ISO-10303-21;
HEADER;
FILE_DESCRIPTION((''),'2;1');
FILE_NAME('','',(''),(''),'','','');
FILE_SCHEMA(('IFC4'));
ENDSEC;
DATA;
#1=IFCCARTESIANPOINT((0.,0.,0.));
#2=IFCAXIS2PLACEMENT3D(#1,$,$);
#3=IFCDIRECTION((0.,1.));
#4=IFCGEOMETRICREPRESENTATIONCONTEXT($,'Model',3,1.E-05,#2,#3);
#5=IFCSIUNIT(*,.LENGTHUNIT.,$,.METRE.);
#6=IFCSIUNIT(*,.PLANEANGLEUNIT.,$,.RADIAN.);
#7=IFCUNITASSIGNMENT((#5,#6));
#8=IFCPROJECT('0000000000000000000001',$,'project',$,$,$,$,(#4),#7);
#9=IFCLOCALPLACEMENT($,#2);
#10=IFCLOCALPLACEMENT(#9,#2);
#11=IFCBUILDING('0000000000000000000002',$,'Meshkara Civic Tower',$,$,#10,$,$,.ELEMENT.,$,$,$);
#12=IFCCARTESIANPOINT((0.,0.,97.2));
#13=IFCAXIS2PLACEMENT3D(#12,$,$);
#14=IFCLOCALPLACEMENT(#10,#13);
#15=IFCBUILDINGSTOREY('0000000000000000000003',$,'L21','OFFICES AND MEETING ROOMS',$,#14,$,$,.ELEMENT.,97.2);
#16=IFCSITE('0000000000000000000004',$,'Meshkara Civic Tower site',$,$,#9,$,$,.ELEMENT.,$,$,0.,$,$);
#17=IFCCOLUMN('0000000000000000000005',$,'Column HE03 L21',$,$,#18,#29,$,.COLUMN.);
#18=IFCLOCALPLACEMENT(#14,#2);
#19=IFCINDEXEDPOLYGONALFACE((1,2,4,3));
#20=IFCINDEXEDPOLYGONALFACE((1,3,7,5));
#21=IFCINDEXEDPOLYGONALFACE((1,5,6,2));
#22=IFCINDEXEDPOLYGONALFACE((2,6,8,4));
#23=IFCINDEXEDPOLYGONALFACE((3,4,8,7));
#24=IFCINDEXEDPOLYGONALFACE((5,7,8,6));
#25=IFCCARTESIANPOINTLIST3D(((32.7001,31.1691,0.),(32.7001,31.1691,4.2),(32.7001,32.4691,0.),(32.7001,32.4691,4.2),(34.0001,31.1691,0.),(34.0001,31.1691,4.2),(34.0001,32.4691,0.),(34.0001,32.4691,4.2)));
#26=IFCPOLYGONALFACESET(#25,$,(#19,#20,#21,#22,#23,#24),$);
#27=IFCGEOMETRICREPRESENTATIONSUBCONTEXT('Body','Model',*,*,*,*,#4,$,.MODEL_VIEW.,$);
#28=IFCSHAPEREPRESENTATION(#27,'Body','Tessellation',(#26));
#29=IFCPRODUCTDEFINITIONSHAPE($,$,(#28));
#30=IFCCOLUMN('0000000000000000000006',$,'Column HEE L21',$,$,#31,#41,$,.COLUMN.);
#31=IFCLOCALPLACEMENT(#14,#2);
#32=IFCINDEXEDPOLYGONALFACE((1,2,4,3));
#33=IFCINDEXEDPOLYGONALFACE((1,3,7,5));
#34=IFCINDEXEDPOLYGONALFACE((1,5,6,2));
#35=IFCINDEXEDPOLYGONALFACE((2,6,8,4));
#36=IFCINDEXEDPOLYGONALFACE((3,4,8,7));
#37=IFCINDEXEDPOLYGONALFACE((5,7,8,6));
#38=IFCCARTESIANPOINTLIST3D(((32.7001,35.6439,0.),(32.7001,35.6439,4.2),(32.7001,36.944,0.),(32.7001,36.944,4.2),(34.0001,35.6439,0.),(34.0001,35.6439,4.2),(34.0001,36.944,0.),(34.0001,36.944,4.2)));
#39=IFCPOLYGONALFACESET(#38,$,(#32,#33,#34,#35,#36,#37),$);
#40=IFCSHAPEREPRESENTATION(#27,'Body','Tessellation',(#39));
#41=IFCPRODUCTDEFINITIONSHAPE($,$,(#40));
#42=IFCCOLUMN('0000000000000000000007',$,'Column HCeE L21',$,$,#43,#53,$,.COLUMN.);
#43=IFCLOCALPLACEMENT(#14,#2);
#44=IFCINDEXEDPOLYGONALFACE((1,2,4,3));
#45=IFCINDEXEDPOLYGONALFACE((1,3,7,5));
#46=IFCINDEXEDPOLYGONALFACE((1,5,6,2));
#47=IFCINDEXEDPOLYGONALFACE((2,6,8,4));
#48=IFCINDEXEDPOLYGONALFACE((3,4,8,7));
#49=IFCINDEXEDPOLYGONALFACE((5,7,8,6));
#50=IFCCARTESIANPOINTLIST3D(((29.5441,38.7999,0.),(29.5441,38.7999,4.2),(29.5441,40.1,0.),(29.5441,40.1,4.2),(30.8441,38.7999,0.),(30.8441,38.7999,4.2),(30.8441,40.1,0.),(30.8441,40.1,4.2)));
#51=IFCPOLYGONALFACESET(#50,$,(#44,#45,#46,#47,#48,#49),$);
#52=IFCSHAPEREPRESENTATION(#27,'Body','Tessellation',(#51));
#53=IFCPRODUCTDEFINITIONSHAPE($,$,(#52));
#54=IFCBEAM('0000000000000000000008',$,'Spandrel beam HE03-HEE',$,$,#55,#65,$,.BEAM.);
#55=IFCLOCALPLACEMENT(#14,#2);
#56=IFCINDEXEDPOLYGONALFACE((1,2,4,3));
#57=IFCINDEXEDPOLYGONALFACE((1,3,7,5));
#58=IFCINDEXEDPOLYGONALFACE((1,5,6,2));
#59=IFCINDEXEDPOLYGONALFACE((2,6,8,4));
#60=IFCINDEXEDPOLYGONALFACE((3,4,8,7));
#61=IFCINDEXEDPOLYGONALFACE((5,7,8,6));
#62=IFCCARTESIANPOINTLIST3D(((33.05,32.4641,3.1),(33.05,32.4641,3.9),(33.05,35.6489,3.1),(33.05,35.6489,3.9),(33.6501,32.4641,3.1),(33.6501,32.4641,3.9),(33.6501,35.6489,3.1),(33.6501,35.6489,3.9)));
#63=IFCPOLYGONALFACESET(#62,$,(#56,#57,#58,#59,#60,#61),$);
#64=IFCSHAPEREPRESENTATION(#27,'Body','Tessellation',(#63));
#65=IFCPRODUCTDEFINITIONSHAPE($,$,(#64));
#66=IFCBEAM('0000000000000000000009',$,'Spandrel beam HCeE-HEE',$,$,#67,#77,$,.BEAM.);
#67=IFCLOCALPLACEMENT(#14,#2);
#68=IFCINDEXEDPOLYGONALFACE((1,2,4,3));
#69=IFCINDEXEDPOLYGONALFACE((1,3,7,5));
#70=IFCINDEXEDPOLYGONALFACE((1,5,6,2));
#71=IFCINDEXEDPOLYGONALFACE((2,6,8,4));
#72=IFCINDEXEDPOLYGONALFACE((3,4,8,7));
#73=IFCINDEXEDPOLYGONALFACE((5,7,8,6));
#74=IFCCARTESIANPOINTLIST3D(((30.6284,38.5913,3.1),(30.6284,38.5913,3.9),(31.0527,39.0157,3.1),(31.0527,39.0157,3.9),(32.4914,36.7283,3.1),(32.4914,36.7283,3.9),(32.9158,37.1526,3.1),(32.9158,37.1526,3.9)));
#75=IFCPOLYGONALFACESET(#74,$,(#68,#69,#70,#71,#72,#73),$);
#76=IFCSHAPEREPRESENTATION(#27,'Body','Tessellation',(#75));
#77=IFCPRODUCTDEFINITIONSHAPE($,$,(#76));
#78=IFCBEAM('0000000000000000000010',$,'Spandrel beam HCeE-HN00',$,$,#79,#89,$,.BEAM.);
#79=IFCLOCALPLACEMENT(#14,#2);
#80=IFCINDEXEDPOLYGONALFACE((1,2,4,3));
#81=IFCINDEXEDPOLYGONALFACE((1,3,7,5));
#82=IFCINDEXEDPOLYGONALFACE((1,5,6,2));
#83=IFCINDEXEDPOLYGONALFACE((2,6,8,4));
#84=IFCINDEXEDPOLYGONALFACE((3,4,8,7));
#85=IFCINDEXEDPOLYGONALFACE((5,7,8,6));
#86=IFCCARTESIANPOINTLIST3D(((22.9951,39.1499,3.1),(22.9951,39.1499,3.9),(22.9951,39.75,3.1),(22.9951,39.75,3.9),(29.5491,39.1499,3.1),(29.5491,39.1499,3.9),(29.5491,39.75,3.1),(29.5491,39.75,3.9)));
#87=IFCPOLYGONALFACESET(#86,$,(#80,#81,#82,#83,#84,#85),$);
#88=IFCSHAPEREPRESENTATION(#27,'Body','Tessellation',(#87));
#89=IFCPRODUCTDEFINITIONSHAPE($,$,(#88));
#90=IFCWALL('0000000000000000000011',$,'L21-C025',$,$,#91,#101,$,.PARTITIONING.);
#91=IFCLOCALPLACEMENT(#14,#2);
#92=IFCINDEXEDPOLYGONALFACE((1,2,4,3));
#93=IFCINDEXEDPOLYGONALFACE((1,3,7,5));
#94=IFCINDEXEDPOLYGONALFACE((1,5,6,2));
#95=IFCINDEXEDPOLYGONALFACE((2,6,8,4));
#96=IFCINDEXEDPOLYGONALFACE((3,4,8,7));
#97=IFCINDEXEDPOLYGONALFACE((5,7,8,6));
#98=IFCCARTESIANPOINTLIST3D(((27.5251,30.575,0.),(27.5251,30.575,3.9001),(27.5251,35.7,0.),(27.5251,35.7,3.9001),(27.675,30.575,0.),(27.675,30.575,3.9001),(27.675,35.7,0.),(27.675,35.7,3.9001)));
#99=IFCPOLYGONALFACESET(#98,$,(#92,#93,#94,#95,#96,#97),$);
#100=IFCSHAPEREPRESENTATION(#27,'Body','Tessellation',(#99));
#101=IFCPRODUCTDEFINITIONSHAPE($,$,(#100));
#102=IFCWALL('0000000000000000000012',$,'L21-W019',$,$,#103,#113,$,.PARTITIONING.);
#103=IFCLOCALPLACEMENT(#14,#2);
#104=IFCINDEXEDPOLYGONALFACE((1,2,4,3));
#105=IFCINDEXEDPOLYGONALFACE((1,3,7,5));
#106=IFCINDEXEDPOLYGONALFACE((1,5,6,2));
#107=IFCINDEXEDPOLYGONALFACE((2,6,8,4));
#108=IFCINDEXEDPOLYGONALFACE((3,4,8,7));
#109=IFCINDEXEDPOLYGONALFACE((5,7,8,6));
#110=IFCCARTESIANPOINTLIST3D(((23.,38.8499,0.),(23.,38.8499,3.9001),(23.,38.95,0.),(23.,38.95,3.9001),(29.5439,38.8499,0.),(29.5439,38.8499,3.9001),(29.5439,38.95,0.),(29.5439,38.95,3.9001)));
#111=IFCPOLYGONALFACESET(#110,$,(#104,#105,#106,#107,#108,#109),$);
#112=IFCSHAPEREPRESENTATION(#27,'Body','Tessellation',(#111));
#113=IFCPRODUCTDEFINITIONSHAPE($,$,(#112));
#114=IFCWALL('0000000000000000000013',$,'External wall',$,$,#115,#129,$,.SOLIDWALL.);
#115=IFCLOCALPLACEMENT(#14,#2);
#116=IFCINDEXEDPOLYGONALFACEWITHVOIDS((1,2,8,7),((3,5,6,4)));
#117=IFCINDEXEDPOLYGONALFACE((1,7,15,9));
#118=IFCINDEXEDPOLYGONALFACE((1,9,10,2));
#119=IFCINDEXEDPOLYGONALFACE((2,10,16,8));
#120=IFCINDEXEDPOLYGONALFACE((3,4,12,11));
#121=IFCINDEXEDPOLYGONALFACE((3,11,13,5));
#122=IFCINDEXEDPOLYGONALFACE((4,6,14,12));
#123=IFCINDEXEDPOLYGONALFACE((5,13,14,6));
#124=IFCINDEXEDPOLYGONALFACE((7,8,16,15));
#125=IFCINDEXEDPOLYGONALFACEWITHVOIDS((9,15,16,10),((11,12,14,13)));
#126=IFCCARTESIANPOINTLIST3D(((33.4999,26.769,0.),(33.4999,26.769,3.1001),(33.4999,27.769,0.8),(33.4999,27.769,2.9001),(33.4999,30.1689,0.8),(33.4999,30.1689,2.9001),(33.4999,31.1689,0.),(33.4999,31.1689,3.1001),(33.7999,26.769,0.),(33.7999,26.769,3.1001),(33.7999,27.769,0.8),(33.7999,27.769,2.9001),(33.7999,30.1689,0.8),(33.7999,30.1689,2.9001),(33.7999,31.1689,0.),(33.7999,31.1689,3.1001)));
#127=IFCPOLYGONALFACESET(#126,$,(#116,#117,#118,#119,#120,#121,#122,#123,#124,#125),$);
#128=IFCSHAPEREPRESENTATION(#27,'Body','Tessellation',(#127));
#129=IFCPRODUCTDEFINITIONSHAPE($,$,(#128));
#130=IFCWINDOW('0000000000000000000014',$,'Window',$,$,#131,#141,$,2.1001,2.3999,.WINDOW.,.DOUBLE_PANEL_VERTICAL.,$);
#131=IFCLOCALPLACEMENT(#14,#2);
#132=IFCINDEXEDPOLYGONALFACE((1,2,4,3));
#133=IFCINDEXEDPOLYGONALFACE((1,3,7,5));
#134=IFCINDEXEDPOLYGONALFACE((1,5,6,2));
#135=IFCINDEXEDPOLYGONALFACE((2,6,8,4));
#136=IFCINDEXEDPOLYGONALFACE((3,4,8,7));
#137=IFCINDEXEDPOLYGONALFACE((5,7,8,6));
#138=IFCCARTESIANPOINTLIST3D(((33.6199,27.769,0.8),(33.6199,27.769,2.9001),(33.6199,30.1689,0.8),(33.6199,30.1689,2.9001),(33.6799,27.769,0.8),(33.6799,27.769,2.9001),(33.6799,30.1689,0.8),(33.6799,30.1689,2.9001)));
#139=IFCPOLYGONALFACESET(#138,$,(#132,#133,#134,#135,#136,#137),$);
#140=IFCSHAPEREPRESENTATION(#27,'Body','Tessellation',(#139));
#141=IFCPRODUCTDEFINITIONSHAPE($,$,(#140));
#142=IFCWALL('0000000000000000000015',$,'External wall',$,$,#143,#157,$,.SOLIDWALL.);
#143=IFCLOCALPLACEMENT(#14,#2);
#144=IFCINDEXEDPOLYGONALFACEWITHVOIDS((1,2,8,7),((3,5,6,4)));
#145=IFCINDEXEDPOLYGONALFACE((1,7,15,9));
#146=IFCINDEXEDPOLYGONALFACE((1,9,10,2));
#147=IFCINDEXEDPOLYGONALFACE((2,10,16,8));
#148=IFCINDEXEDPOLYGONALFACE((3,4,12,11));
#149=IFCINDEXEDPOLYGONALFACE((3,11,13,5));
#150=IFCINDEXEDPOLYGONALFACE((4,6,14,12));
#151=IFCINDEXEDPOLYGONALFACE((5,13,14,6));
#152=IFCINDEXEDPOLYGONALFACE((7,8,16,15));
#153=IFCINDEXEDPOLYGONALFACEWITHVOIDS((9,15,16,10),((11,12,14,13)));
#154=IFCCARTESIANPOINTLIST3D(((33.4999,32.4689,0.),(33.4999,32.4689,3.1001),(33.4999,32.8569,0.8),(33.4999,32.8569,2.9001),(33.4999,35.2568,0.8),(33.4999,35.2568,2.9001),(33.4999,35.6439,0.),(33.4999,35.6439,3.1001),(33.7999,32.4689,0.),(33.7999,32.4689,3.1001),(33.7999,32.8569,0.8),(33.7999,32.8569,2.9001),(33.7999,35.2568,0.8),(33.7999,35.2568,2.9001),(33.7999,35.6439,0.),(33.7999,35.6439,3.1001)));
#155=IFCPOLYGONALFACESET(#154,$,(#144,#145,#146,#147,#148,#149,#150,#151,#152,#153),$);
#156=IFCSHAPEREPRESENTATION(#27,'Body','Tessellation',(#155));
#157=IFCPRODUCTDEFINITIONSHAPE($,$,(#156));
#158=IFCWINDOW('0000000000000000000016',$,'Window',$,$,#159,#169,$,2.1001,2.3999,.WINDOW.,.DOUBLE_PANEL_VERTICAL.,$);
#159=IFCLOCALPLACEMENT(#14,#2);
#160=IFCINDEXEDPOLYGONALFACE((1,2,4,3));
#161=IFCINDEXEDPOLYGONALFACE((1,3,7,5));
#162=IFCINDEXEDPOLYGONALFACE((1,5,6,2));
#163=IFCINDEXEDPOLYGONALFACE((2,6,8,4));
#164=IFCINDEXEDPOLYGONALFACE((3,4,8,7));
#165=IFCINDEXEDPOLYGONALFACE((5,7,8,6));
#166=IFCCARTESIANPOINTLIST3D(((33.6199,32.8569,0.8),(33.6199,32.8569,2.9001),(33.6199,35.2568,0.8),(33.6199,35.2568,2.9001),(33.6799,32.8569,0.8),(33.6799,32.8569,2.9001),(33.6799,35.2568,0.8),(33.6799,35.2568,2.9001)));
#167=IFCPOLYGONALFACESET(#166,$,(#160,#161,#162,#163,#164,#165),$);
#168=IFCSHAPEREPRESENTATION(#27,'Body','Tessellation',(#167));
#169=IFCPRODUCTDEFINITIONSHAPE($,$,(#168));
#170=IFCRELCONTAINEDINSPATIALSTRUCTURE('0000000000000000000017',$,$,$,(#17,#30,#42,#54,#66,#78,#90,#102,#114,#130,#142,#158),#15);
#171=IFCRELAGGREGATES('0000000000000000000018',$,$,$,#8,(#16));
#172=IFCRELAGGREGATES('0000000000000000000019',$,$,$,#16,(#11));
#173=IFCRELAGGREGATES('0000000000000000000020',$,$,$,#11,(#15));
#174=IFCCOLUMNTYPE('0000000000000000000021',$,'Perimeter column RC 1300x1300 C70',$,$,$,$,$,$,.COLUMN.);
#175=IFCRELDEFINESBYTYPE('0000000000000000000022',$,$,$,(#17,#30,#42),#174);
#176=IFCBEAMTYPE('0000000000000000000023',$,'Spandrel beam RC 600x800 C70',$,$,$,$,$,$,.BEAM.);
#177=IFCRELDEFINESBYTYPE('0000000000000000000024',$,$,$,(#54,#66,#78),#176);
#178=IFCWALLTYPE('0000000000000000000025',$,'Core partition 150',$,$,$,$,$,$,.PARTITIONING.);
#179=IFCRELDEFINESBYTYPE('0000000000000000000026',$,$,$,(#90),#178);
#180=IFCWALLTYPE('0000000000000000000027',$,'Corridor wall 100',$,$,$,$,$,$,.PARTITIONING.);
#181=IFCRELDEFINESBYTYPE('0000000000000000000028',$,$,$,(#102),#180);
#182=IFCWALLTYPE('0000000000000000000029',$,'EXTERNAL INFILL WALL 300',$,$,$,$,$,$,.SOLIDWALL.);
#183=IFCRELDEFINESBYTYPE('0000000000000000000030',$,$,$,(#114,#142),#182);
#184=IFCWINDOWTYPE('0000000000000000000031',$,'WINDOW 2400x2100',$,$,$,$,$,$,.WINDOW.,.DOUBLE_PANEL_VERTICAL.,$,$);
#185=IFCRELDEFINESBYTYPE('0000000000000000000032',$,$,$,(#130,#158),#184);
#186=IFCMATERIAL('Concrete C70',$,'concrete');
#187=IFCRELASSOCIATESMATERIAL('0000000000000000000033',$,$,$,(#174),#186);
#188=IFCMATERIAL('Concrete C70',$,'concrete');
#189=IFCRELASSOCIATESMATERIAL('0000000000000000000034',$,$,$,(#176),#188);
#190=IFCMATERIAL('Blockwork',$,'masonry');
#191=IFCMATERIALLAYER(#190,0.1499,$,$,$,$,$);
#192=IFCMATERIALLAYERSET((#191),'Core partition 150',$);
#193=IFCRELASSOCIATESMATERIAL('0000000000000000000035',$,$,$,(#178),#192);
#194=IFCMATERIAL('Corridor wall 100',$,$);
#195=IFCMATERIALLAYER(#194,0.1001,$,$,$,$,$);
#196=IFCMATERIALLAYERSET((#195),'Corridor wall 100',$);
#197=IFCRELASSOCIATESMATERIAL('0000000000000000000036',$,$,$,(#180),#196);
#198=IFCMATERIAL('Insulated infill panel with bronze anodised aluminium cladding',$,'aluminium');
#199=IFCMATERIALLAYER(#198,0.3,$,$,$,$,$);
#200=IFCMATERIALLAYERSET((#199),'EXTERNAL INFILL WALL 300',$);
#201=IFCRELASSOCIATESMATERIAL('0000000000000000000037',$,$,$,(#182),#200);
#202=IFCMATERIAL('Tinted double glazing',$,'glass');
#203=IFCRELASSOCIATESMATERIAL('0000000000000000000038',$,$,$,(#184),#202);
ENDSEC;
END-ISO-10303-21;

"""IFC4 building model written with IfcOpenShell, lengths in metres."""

from ifc_helpers import new_model, si_unit, direction, frame, frame_2d, origin, origin_2d, place, context, subcontext, project, spatial, rectangle, extrude, material, layer, layer_set, material_profile, profile_set, type_object, element, fill, save


model = new_model("IFC4")

# Units and contexts
model_context = context("Model", 3, precision=1e-05, world=origin(), true_north=direction((0.0, 1.0)))
body_context = subcontext(model_context, "Body", "Model", "MODEL_VIEW")
ifc_project = project(units=[si_unit("LENGTHUNIT", "METRE"), si_unit("PLANEANGLEUNIT", "RADIAN")], contexts=[model_context])

# Site, building, storey
site_placement = place(None, origin())
site = spatial("IfcSite", under=ifc_project, at=site_placement, Name="Meshkara Civic Tower site", CompositionType="ELEMENT", RefElevation=0.0)
building_placement = place(site_placement, origin())
building = spatial("IfcBuilding", under=site, at=building_placement, Name="Meshkara Civic Tower", CompositionType="ELEMENT")
storey_placement = place(building_placement, frame((0.0, 0.0, 97.2)))
storey = spatial("IfcBuildingStorey", under=building, at=storey_placement, Name="L21", Description="OFFICES AND MEETING ROOMS", CompositionType="ELEMENT", Elevation=97.2)

# Columns
ifc_material_1 = material(Name="Concrete C70", Category="concrete")
ifc_material_profile_1 = material_profile(ifc_material_1, rectangle(XDim=1.3, YDim=1.3, at=origin_2d()))
ifc_profile_set_1 = profile_set([ifc_material_profile_1], Name="Concrete C70")
column_type = type_object("IfcColumnType", Name="Perimeter column RC 1300x1300 C70", PredefinedType="COLUMN", material=ifc_profile_set_1)
for number, where, z_axis, x_axis, name in (
    (1, (33.3501, 31.8191, 0.0), (0.0, 0.0, 1.0), (1.0, 0.0, 0.0), "Column HE03 L21"),
    (2, (33.3501, 36.2939, 0.0), (0.0, 0.0, 1.0), (1.0, 0.0, 0.0), "Column HEE L21"),
    (3, (30.1941, 39.45, 0.0), (0.0, 0.0, 1.0), (1.0, 0.0, 0.0), "Column HCeE L21"),
):
    element("IfcColumn", number, at=place(storey_placement, frame(where, z_axis=z_axis, x_axis=x_axis)), inside=storey, type_object=column_type, Name=name, PredefinedType="COLUMN", context=body_context, shape_type="SweptSolid", body=[
        extrude(rectangle(XDim=1.3, YDim=1.3, at=origin_2d()), origin(), (0.0, 0.0, 1.0), 4.2),
    ])

# Beams
ifc_material_2 = material(Name="Concrete C70", Category="concrete")
ifc_material_profile_2 = material_profile(ifc_material_2, rectangle(XDim=0.6001, YDim=0.8, at=origin_2d()))
ifc_profile_set_2 = profile_set([ifc_material_profile_2], Name="Concrete C70")
beam_type = type_object("IfcBeamType", Name="Spandrel beam RC 600x800 C70", PredefinedType="BEAM", material=ifc_profile_set_2)
beam_1_placement = place(storey_placement, frame((33.3501, 32.4641, 3.5), z_axis=(0.0, 1.0, 0.0), x_axis=(-1.0, 0.0, 0.0)))
element("IfcBeam", 4, at=beam_1_placement, inside=storey, type_object=beam_type, Name="Spandrel beam HE03-HEE", PredefinedType="BEAM", context=body_context, shape_type="SweptSolid", body=[
    extrude(rectangle(XDim=0.6001, YDim=0.8, at=origin_2d()), origin(), (0.0, 0.0, 1.0), 3.1848),
])
beam_2_placement = place(storey_placement, frame((32.7036, 36.9404, 3.5), z_axis=(-0.707107, 0.707107, 0.0), x_axis=(-0.707107, -0.707107, 0.0)))
element("IfcBeam", 5, at=beam_2_placement, inside=storey, type_object=beam_type, Name="Spandrel beam HCeE-HEE", PredefinedType="BEAM", context=body_context, shape_type="SweptSolid", body=[
    extrude(rectangle(XDim=0.6001, YDim=0.8, at=origin_2d()), origin(), (0.0, 0.0, 1.0), 2.6348),
])
beam_3_placement = place(storey_placement, frame((29.5491, 39.45, 3.5), z_axis=(-1.0, 0.0, 0.0), x_axis=(0.0, -1.0, 0.0)))
element("IfcBeam", 6, at=beam_3_placement, inside=storey, type_object=beam_type, Name="Spandrel beam HCeE-HN00", PredefinedType="BEAM", context=body_context, shape_type="SweptSolid", body=[
    extrude(rectangle(XDim=0.6001, YDim=0.8, at=origin_2d()), origin(), (0.0, 0.0, 1.0), 6.554),
])

# Walls
ifc_material_3 = material(Name="Blockwork", Category="masonry")
ifc_layer_1 = layer(ifc_material_3, 0.1499)
ifc_layer_set_1 = layer_set([ifc_layer_1], Name="Core partition 150")
wall_type_1 = type_object("IfcWallType", Name="Core partition 150", PredefinedType="PARTITIONING", material=ifc_layer_set_1)
wall_1_placement = place(storey_placement, frame((27.6001, 30.575, 0.0), z_axis=(0.0, 0.0, 1.0), x_axis=(0.0, 1.0, 0.0)))
element("IfcWall", 7, at=wall_1_placement, inside=storey, type_object=wall_type_1, Name="L21-C025", PredefinedType="PARTITIONING", context=body_context, shape_type="SweptSolid", body=[
    extrude(rectangle(XDim=5.125, YDim=0.1499, at=frame_2d((2.5625, 0.0))), origin(), (0.0, 0.0, 1.0), 3.9001),
])
ifc_material_4 = material(Name="Corridor wall 100")
ifc_layer_2 = layer(ifc_material_4, 0.1001)
ifc_layer_set_2 = layer_set([ifc_layer_2], Name="Corridor wall 100")
wall_type_2 = type_object("IfcWallType", Name="Corridor wall 100", PredefinedType="PARTITIONING", material=ifc_layer_set_2)
wall_2_placement = place(storey_placement, frame((29.5439, 38.8999, 0.0), z_axis=(0.0, 0.0, 1.0), x_axis=(-1.0, 0.0, 0.0)))
element("IfcWall", 8, at=wall_2_placement, inside=storey, type_object=wall_type_2, Name="L21-W019", PredefinedType="PARTITIONING", context=body_context, shape_type="SweptSolid", body=[
    extrude(rectangle(XDim=6.5439, YDim=0.1001, at=frame_2d((3.272, 0.0))), origin(), (0.0, 0.0, 1.0), 3.9001),
])

# Walls, openings, windows
ifc_material_5 = material(Name="Insulated infill panel with bronze anodised aluminium cladding", Category="aluminium")
ifc_layer_3 = layer(ifc_material_5, 0.3)
ifc_layer_set_3 = layer_set([ifc_layer_3], Name="EXTERNAL INFILL WALL 300")
wall_type_3 = type_object("IfcWallType", Name="EXTERNAL INFILL WALL 300", PredefinedType="SOLIDWALL", material=ifc_layer_set_3)
wall_3_placement = place(storey_placement, frame((33.6499, 26.769, 0.0), z_axis=(0.0, 0.0, 1.0), x_axis=(0.0, 1.0, 0.0)))
wall_3 = element("IfcWall", 9, at=wall_3_placement, inside=storey, type_object=wall_type_3, Name="External wall", PredefinedType="SOLIDWALL", context=body_context, shape_type="SweptSolid", body=[
    extrude(rectangle(XDim=4.3999, YDim=0.3, at=frame_2d((2.2, 0.0))), origin(), (0.0, 0.0, 1.0), 3.1001),
])
opening_1_placement = place(wall_3_placement, frame((1.0, 0.0, 0.8)))
opening_1 = element("IfcOpeningElement", 10, at=opening_1_placement, cuts=wall_3, PredefinedType="OPENING", context=body_context, shape_type="SweptSolid", body=[
    extrude(rectangle(XDim=2.3999, YDim=2.1001, at=frame_2d((1.2, 1.05))), frame((0.0, 0.1599, 0.0), z_axis=(0.0, -1.0, 0.0), x_axis=(1.0, 0.0, 0.0)), (0.0, 0.0, 1.0), 0.3201),
])
ifc_material_6 = material(Name="Tinted double glazing", Category="glass")
window_type_1 = type_object("IfcWindowType", Name="WINDOW 2400x2100", PartitioningType="DOUBLE_PANEL_VERTICAL", PredefinedType="WINDOW", material=ifc_material_6)
window_1_placement = place(opening_1_placement, origin())
window_1 = element("IfcWindow", 11, at=window_1_placement, inside=storey, type_object=window_type_1, Name="Window", OverallHeight=2.1001, OverallWidth=2.3999, PartitioningType="DOUBLE_PANEL_VERTICAL", PredefinedType="WINDOW", context=body_context, shape_type="SweptSolid", body=[
    extrude(rectangle(XDim=2.3999, YDim=2.1001, at=frame_2d((1.2, 1.05))), frame((0.0, 0.03, 0.0), z_axis=(0.0, -1.0, 0.0), x_axis=(1.0, 0.0, 0.0)), (0.0, 0.0, 1.0), 0.0601),
])
fill(opening_1, window_1)
wall_4_placement = place(storey_placement, frame((33.6499, 32.469, 0.0), z_axis=(0.0, 0.0, 1.0), x_axis=(0.0, 1.0, 0.0)))
wall_4 = element("IfcWall", 12, at=wall_4_placement, inside=storey, type_object=wall_type_3, Name="External wall", PredefinedType="SOLIDWALL", context=body_context, shape_type="SweptSolid", body=[
    extrude(rectangle(XDim=3.175, YDim=0.3, at=frame_2d((1.5874, 0.0))), origin(), (0.0, 0.0, 1.0), 3.1001),
])
opening_2_placement = place(wall_4_placement, frame((0.3879, 0.0, 0.8)))
opening_2 = element("IfcOpeningElement", 13, at=opening_2_placement, cuts=wall_4, PredefinedType="OPENING", context=body_context, shape_type="SweptSolid", body=[
    extrude(rectangle(XDim=2.3999, YDim=2.1001, at=frame_2d((1.2, 1.05))), frame((0.0, 0.1599, 0.0), z_axis=(0.0, -1.0, 0.0), x_axis=(1.0, 0.0, 0.0)), (0.0, 0.0, 1.0), 0.3201),
])
window_2_placement = place(opening_2_placement, origin())
window_2 = element("IfcWindow", 14, at=window_2_placement, inside=storey, type_object=window_type_1, Name="Window", OverallHeight=2.1001, OverallWidth=2.3999, PartitioningType="DOUBLE_PANEL_VERTICAL", PredefinedType="WINDOW", context=body_context, shape_type="SweptSolid", body=[
    extrude(rectangle(XDim=2.3999, YDim=2.1001, at=frame_2d((1.2, 1.05))), frame((0.0, 0.03, 0.0), z_axis=(0.0, -1.0, 0.0), x_axis=(1.0, 0.0, 0.0)), (0.0, 0.0, 1.0), 0.0601),
])
fill(opening_2, window_2)

save(model, "model.ifc")
